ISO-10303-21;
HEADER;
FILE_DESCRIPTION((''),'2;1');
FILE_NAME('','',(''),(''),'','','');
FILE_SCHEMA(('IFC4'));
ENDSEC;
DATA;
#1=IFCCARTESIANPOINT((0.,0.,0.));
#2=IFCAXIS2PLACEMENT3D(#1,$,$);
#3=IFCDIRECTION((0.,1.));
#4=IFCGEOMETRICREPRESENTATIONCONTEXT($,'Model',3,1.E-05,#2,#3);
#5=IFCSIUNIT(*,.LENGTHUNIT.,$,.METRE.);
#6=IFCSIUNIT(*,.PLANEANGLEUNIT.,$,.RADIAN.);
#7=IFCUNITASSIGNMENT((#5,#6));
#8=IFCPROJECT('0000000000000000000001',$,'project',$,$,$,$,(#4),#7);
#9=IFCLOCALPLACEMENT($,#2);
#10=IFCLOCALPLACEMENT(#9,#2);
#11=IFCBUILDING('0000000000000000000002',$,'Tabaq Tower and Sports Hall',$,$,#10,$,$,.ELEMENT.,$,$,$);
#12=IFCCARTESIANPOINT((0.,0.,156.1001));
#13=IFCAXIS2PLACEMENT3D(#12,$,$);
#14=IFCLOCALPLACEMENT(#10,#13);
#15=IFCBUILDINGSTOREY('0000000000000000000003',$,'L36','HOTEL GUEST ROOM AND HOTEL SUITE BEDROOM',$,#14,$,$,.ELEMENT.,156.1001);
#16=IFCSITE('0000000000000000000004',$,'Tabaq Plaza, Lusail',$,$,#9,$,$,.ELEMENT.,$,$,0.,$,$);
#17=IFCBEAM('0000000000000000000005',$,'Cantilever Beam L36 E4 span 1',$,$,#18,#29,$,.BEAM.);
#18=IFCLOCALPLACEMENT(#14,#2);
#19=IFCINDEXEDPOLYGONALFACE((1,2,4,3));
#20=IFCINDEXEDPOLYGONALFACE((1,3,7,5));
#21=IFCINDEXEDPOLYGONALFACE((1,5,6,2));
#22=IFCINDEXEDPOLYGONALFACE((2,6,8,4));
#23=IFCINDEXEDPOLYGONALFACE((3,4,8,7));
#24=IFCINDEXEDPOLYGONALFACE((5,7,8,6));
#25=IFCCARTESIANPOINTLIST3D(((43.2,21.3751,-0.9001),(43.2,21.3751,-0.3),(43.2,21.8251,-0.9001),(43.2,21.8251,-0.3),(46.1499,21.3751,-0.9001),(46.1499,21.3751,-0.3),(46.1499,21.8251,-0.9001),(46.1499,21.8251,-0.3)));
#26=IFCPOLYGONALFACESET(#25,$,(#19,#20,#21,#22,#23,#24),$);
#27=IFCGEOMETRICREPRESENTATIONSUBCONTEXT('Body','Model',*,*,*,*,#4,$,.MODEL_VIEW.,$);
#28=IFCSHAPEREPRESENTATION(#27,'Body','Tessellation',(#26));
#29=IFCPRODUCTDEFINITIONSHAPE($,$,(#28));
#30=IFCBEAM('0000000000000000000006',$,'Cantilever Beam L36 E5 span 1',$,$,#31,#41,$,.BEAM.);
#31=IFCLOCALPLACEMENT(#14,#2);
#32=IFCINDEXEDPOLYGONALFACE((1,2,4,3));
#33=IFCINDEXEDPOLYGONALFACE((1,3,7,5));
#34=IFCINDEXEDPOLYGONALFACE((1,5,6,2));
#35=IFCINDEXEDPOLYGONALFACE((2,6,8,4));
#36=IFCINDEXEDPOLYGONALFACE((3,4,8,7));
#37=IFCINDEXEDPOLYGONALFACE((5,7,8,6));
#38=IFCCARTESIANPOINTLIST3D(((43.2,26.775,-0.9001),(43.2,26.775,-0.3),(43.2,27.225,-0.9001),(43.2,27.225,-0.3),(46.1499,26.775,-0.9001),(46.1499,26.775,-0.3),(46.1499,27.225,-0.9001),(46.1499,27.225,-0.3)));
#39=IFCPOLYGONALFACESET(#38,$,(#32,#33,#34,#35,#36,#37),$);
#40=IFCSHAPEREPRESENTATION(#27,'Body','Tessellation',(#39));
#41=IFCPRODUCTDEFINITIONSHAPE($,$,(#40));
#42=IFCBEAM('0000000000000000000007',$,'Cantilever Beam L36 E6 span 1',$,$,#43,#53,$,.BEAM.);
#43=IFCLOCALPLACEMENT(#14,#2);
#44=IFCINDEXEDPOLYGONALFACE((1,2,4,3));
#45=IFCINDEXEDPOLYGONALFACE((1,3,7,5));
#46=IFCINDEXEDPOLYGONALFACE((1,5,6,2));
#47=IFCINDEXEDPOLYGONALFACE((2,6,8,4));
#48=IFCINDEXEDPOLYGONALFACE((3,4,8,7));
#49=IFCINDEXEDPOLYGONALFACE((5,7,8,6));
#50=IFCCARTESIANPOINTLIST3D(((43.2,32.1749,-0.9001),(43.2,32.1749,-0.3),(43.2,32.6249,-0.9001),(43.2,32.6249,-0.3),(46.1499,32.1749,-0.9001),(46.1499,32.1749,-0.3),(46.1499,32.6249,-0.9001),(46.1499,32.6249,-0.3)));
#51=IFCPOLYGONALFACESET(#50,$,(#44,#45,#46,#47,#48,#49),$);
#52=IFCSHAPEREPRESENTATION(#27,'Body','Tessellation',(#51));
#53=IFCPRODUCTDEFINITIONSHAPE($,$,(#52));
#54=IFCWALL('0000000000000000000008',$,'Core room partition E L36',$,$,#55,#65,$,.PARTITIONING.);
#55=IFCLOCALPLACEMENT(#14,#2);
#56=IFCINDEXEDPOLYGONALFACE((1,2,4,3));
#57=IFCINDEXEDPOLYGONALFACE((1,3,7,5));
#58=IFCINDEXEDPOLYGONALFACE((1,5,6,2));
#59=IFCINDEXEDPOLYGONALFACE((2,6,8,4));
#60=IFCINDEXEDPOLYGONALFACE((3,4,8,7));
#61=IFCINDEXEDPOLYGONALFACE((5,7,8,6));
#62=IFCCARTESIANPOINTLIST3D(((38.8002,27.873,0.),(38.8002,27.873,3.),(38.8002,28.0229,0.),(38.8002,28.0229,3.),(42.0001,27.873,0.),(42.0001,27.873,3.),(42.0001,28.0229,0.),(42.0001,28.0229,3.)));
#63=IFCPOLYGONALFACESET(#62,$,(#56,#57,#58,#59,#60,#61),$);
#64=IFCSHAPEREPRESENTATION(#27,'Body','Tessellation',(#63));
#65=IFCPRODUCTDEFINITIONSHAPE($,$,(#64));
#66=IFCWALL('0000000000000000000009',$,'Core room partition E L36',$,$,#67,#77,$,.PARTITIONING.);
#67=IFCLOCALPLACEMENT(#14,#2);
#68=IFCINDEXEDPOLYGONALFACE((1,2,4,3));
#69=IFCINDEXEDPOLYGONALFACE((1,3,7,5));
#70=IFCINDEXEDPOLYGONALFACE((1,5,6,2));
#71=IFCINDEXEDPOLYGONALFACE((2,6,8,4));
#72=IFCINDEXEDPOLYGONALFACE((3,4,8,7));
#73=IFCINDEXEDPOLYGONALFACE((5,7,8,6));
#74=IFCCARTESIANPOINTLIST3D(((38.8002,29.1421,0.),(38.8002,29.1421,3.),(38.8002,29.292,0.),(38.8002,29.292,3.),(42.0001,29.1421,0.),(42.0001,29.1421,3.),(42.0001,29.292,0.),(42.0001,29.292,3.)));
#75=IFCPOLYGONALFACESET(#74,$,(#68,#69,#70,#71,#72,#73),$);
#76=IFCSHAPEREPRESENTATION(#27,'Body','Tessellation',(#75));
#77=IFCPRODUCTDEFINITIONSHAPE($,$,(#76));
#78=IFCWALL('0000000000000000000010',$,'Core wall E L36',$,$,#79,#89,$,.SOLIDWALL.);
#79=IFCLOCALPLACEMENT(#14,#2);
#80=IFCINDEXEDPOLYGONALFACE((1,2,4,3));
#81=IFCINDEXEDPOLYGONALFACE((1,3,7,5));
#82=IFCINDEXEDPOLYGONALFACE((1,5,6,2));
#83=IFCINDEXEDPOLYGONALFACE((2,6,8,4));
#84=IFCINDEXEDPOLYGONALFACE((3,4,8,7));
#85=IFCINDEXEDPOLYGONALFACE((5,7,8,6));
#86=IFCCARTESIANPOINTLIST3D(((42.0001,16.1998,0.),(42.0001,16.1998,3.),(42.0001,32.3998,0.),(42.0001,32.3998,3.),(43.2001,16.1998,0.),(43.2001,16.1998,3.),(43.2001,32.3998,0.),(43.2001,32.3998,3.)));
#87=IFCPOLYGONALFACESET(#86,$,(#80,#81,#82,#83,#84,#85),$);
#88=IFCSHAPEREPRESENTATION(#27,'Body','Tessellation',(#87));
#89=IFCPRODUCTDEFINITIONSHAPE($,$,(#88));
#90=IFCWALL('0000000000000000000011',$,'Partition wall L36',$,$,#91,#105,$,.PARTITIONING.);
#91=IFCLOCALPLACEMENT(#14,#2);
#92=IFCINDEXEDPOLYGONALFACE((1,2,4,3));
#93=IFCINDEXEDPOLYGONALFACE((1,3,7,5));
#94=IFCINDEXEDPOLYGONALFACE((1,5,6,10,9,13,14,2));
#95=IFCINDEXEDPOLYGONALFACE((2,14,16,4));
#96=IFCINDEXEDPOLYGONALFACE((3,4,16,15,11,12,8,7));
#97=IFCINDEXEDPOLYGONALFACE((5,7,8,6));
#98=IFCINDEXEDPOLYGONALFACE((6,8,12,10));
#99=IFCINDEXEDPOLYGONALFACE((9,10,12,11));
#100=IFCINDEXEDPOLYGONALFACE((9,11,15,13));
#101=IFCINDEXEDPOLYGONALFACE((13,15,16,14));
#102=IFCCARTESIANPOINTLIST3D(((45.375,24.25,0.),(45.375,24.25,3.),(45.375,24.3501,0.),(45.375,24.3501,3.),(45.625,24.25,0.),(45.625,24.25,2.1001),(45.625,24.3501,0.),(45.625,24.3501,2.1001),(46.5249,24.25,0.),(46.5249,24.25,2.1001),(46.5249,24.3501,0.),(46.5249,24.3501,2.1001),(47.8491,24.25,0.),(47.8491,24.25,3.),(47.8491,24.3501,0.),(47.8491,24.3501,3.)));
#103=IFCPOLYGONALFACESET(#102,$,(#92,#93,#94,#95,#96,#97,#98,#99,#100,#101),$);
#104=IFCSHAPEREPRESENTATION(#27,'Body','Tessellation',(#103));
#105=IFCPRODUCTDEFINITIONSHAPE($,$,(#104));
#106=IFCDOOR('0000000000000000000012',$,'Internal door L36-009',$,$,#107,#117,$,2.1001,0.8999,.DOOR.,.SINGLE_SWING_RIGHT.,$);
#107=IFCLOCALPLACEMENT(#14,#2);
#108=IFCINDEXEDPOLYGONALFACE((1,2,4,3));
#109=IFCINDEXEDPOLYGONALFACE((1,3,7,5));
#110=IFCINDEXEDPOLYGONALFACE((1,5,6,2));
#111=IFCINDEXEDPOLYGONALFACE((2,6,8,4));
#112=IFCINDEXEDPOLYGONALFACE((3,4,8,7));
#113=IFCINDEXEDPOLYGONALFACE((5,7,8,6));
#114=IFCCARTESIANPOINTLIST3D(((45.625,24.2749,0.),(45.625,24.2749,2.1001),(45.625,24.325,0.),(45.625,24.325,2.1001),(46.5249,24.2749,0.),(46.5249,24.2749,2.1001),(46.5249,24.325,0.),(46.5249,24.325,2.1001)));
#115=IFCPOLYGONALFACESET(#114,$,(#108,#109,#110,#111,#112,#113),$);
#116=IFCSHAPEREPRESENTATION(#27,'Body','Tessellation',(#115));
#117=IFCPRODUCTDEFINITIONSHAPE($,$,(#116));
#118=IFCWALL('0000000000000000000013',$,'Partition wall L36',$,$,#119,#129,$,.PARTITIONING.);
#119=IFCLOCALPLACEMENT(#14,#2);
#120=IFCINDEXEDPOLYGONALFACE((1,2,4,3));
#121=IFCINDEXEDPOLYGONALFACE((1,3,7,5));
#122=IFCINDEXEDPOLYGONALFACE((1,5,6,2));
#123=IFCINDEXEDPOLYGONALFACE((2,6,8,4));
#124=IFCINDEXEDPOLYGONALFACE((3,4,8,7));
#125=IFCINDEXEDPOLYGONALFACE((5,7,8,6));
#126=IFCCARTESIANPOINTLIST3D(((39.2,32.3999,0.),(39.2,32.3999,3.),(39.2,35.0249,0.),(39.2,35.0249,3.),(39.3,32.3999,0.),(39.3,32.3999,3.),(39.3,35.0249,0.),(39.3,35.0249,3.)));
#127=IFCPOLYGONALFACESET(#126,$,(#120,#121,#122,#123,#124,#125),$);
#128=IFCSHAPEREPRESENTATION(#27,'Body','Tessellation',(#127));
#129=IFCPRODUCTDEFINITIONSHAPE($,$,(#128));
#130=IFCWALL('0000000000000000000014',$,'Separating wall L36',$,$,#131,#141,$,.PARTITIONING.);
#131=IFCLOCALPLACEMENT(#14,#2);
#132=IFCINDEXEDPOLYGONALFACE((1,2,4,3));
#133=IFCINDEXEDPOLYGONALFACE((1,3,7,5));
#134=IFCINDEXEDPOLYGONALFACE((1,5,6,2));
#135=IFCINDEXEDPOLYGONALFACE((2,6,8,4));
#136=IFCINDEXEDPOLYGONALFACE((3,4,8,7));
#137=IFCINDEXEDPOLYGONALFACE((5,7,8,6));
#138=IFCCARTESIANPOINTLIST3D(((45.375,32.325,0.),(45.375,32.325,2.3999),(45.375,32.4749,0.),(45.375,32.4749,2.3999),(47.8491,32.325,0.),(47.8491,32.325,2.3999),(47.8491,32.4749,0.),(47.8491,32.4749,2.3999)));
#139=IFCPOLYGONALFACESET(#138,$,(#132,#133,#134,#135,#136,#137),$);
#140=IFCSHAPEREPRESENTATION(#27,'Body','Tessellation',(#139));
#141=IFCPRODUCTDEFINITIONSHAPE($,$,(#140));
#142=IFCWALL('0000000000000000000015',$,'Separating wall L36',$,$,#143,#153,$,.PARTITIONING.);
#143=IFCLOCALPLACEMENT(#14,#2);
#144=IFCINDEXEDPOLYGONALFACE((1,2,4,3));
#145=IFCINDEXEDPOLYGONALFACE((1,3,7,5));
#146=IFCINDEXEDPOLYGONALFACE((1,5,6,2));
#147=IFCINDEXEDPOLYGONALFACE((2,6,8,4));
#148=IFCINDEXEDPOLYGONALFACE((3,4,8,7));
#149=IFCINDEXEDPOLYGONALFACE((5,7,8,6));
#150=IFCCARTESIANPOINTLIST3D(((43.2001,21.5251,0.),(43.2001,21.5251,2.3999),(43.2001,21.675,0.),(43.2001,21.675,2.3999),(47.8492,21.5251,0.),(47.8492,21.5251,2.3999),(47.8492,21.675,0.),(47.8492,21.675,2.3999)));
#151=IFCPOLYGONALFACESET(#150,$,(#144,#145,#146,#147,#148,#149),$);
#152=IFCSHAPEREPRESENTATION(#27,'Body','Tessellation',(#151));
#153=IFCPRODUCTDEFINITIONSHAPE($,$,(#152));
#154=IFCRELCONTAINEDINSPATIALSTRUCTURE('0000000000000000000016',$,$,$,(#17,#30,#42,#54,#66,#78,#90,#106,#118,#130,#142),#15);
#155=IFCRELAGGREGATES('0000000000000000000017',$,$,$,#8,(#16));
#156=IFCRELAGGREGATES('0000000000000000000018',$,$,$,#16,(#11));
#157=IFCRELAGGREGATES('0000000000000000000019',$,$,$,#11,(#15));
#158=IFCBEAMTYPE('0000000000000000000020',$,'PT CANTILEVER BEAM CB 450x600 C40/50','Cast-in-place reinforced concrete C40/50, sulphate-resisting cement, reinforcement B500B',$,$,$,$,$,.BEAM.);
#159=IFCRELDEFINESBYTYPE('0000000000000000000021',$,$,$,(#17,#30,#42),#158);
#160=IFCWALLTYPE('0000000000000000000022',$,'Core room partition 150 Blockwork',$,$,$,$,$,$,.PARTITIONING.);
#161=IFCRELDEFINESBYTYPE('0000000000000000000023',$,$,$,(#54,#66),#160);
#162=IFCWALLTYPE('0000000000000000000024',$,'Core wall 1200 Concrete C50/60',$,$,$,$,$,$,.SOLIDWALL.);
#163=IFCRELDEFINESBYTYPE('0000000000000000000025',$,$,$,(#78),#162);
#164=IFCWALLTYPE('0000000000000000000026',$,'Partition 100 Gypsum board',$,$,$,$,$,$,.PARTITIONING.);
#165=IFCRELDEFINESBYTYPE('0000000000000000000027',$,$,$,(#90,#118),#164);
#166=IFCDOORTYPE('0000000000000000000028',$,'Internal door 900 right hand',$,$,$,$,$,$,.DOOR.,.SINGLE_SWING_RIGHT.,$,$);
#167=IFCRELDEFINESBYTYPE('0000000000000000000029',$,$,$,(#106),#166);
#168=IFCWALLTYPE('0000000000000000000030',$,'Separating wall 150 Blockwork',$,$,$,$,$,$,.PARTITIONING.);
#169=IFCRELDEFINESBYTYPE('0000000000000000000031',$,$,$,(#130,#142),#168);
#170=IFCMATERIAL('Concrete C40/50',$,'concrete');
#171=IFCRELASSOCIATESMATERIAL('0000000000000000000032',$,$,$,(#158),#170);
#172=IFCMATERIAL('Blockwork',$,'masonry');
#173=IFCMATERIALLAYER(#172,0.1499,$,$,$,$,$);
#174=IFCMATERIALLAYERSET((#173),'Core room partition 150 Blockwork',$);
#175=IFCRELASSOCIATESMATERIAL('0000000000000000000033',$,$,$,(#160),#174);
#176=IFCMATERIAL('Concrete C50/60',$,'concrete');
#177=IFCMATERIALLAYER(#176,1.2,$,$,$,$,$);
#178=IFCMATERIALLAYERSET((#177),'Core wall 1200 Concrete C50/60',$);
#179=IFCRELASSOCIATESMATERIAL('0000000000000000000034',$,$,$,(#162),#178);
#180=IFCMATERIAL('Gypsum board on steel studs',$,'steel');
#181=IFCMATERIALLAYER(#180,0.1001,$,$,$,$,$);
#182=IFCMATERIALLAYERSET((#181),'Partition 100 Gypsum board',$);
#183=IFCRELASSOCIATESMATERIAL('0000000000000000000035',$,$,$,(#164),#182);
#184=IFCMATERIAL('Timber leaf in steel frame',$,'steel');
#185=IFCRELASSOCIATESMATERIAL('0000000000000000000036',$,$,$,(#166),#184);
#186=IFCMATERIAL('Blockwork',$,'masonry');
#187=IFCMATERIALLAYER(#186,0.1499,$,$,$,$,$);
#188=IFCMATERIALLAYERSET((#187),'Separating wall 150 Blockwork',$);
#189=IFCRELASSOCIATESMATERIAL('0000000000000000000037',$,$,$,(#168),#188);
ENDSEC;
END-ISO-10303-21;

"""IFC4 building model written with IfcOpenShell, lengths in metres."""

from ifc_helpers import new_model, si_unit, direction, frame, frame_2d, origin, origin_2d, place, context, subcontext, project, spatial, rectangle, extrude, material, layer, layer_set, material_profile, profile_set, type_object, element, fill, save


model = new_model("IFC4")

# Units and contexts
model_context = context("Model", 3, precision=1e-05, world=origin(), true_north=direction((0.0, 1.0)))
body_context = subcontext(model_context, "Body", "Model", "MODEL_VIEW")
ifc_project = project(units=[si_unit("LENGTHUNIT", "METRE"), si_unit("PLANEANGLEUNIT", "RADIAN")], contexts=[model_context])

# Site, building, storey
site_placement = place(None, origin())
site = spatial("IfcSite", under=ifc_project, at=site_placement, Name="Tabaq Plaza, Lusail", CompositionType="ELEMENT", RefElevation=0.0)
building_placement = place(site_placement, origin())
building = spatial("IfcBuilding", under=site, at=building_placement, Name="Tabaq Tower and Sports Hall", CompositionType="ELEMENT")
storey_placement = place(building_placement, frame((0.0, 0.0, 156.1001)))
storey = spatial("IfcBuildingStorey", under=building, at=storey_placement, Name="L36", Description="HOTEL GUEST ROOM AND HOTEL SUITE BEDROOM", CompositionType="ELEMENT", Elevation=156.1001)

# Beams
ifc_material_1 = material(Name="Concrete C40/50", Category="concrete")
ifc_material_profile = material_profile(ifc_material_1, rectangle(XDim=0.45, YDim=0.6001, at=origin_2d()), Name="CB 450x600")
ifc_profile_set = profile_set([ifc_material_profile], Name="Concrete C40/50")
beam_type = type_object("IfcBeamType", Name="PT CANTILEVER BEAM CB 450x600 C40/50", Description="Cast-in-place reinforced concrete C40/50, sulphate-resisting cement, reinforcement B500B", PredefinedType="BEAM", material=ifc_profile_set)
for number, where, z_axis, x_axis, name in (
    (1, (46.1499, 21.6001, -0.6001), (-1.0, 0.0, 0.0), (0.0, -1.0, 0.0), "Cantilever Beam L36 E4 span 1"),
    (2, (46.1499, 27.0, -0.6001), (-1.0, 0.0, 0.0), (0.0, -1.0, 0.0), "Cantilever Beam L36 E5 span 1"),
    (3, (46.1499, 32.3999, -0.6001), (-1.0, 0.0, 0.0), (0.0, -1.0, 0.0), "Cantilever Beam L36 E6 span 1"),
):
    element("IfcBeam", number, at=place(storey_placement, frame(where, z_axis=z_axis, x_axis=x_axis)), inside=storey, type_object=beam_type, Name=name, PredefinedType="BEAM", context=body_context, shape_type="SweptSolid", body=[
        extrude(rectangle(XDim=0.45, YDim=0.6001, at=origin_2d()), origin(), (0.0, 0.0, 1.0), 2.95),
    ])

# Walls
ifc_material_2 = material(Name="Blockwork", Category="masonry")
ifc_layer_1 = layer(ifc_material_2, 0.1499)
ifc_layer_set_1 = layer_set([ifc_layer_1], Name="Core room partition 150 Blockwork")
wall_type_1 = type_object("IfcWallType", Name="Core room partition 150 Blockwork", PredefinedType="PARTITIONING", material=ifc_layer_set_1)
for number, where, z_axis, x_axis, name in (
    (4, (38.8, 27.948, 0.0), (0.0, 0.0, 1.0), (1.0, 0.0, 0.0), "Core room partition E L36"),
    (5, (38.8, 29.217, 0.0), (0.0, 0.0, 1.0), (1.0, 0.0, 0.0), "Core room partition E L36"),
):
    element("IfcWall", number, at=place(storey_placement, frame(where, z_axis=z_axis, x_axis=x_axis)), inside=storey, type_object=wall_type_1, Name=name, PredefinedType="PARTITIONING", context=body_context, shape_type="SweptSolid", body=[
        extrude(rectangle(XDim=3.2, YDim=0.1499, at=frame_2d((1.6001, 0.0))), origin(), (0.0, 0.0, 1.0), 3.0),
    ])
ifc_material_3 = material(Name="Concrete C50/60", Category="concrete")
ifc_layer_2 = layer(ifc_material_3, 1.2)
ifc_layer_set_2 = layer_set([ifc_layer_2], Name="Core wall 1200 Concrete C50/60")
wall_type_2 = type_object("IfcWallType", Name="Core wall 1200 Concrete C50/60", PredefinedType="SOLIDWALL", material=ifc_layer_set_2)
wall_1_placement = place(storey_placement, frame((42.6001, 32.3999, 0.0), z_axis=(0.0, 0.0, 1.0), x_axis=(0.0, -1.0, 0.0)))
element("IfcWall", 6, at=wall_1_placement, inside=storey, type_object=wall_type_2, Name="Core wall E L36", PredefinedType="SOLIDWALL", context=body_context, shape_type="SweptSolid", body=[
    extrude(rectangle(XDim=16.2, YDim=1.2, at=frame_2d((8.1001, 0.0))), origin(), (0.0, 0.0, 1.0), 3.0),
])

# Wall, opening, door
ifc_material_4 = material(Name="Gypsum board on steel studs", Category="steel")
ifc_layer_3 = layer(ifc_material_4, 0.1001)
ifc_layer_set_3 = layer_set([ifc_layer_3], Name="Partition 100 Gypsum board")
wall_type_3 = type_object("IfcWallType", Name="Partition 100 Gypsum board", PredefinedType="PARTITIONING", material=ifc_layer_set_3)
wall_2_placement = place(storey_placement, frame((45.375, 24.3, 0.0), z_axis=(0.0, 0.0, 1.0), x_axis=(1.0, 0.0, 0.0)))
wall_2 = element("IfcWall", 7, at=wall_2_placement, inside=storey, type_object=wall_type_3, Name="Partition wall L36", PredefinedType="PARTITIONING", context=body_context, shape_type="SweptSolid", body=[
    extrude(rectangle(XDim=2.4741, YDim=0.1001, at=frame_2d((1.2371, 0.0))), origin(), (0.0, 0.0, 1.0), 3.0),
])
opening_1_placement = place(wall_2_placement, frame((0.25, 0.0, 0.0)))
opening_1 = element("IfcOpeningElement", 8, at=opening_1_placement, cuts=wall_2, PredefinedType="OPENING", context=body_context, shape_type="SweptSolid", body=[
    extrude(rectangle(XDim=0.8999, YDim=2.1001, at=frame_2d((0.45, 1.05))), frame((0.0, 0.05, 0.0), z_axis=(0.0, -1.0, 0.0), x_axis=(1.0, 0.0, 0.0)), (0.0, 0.0, 1.0), 0.1001),
])
ifc_material_5 = material(Name="Timber leaf in steel frame", Category="steel")
door_type_1 = type_object("IfcDoorType", Name="Internal door 900 right hand", OperationType="SINGLE_SWING_RIGHT", PredefinedType="DOOR", material=ifc_material_5)
door_1_placement = place(opening_1_placement, origin())
door_1 = element("IfcDoor", 9, at=door_1_placement, inside=storey, type_object=door_type_1, Name="Internal door L36-009", OperationType="SINGLE_SWING_RIGHT", OverallHeight=2.1001, OverallWidth=0.8999, PredefinedType="DOOR", context=body_context, shape_type="SweptSolid", body=[
    extrude(rectangle(XDim=0.8999, YDim=2.1001, at=frame_2d((0.45, 1.05))), frame((0.0, 0.0249, 0.0), z_axis=(0.0, -1.0, 0.0), x_axis=(1.0, 0.0, 0.0)), (0.0, 0.0, 1.0), 0.05),
])
fill(opening_1, door_1)

# Walls
wall_3_placement = place(storey_placement, frame((39.25, 32.3999, 0.0), z_axis=(0.0, 0.0, 1.0), x_axis=(0.0, 1.0, 0.0)))
element("IfcWall", 10, at=wall_3_placement, inside=storey, type_object=wall_type_3, Name="Partition wall L36", PredefinedType="PARTITIONING", context=body_context, shape_type="SweptSolid", body=[
    extrude(rectangle(XDim=2.625, YDim=0.1001, at=frame_2d((1.3125, 0.0))), origin(), (0.0, 0.0, 1.0), 3.0),
])
ifc_material_6 = material(Name="Blockwork", Category="masonry")
ifc_layer_4 = layer(ifc_material_6, 0.1499)
ifc_layer_set_4 = layer_set([ifc_layer_4], Name="Separating wall 150 Blockwork")
wall_type_4 = type_object("IfcWallType", Name="Separating wall 150 Blockwork", PredefinedType="PARTITIONING", material=ifc_layer_set_4)
wall_4_placement = place(storey_placement, frame((45.375, 32.3999, 0.0), z_axis=(0.0, 0.0, 1.0), x_axis=(1.0, 0.0, 0.0)))
element("IfcWall", 11, at=wall_4_placement, inside=storey, type_object=wall_type_4, Name="Separating wall L36", PredefinedType="PARTITIONING", context=body_context, shape_type="SweptSolid", body=[
    extrude(rectangle(XDim=2.4741, YDim=0.1499, at=frame_2d((1.2371, 0.0))), origin(), (0.0, 0.0, 1.0), 2.3999),
])
wall_5_placement = place(storey_placement, frame((43.2, 21.6001, 0.0), z_axis=(0.0, 0.0, 1.0), x_axis=(1.0, 0.0, 0.0)))
element("IfcWall", 12, at=wall_5_placement, inside=storey, type_object=wall_type_4, Name="Separating wall L36", PredefinedType="PARTITIONING", context=body_context, shape_type="SweptSolid", body=[
    extrude(rectangle(XDim=4.6492, YDim=0.1499, at=frame_2d((2.3247, 0.0))), origin(), (0.0, 0.0, 1.0), 2.3999),
])

save(model, "model.ifc")
